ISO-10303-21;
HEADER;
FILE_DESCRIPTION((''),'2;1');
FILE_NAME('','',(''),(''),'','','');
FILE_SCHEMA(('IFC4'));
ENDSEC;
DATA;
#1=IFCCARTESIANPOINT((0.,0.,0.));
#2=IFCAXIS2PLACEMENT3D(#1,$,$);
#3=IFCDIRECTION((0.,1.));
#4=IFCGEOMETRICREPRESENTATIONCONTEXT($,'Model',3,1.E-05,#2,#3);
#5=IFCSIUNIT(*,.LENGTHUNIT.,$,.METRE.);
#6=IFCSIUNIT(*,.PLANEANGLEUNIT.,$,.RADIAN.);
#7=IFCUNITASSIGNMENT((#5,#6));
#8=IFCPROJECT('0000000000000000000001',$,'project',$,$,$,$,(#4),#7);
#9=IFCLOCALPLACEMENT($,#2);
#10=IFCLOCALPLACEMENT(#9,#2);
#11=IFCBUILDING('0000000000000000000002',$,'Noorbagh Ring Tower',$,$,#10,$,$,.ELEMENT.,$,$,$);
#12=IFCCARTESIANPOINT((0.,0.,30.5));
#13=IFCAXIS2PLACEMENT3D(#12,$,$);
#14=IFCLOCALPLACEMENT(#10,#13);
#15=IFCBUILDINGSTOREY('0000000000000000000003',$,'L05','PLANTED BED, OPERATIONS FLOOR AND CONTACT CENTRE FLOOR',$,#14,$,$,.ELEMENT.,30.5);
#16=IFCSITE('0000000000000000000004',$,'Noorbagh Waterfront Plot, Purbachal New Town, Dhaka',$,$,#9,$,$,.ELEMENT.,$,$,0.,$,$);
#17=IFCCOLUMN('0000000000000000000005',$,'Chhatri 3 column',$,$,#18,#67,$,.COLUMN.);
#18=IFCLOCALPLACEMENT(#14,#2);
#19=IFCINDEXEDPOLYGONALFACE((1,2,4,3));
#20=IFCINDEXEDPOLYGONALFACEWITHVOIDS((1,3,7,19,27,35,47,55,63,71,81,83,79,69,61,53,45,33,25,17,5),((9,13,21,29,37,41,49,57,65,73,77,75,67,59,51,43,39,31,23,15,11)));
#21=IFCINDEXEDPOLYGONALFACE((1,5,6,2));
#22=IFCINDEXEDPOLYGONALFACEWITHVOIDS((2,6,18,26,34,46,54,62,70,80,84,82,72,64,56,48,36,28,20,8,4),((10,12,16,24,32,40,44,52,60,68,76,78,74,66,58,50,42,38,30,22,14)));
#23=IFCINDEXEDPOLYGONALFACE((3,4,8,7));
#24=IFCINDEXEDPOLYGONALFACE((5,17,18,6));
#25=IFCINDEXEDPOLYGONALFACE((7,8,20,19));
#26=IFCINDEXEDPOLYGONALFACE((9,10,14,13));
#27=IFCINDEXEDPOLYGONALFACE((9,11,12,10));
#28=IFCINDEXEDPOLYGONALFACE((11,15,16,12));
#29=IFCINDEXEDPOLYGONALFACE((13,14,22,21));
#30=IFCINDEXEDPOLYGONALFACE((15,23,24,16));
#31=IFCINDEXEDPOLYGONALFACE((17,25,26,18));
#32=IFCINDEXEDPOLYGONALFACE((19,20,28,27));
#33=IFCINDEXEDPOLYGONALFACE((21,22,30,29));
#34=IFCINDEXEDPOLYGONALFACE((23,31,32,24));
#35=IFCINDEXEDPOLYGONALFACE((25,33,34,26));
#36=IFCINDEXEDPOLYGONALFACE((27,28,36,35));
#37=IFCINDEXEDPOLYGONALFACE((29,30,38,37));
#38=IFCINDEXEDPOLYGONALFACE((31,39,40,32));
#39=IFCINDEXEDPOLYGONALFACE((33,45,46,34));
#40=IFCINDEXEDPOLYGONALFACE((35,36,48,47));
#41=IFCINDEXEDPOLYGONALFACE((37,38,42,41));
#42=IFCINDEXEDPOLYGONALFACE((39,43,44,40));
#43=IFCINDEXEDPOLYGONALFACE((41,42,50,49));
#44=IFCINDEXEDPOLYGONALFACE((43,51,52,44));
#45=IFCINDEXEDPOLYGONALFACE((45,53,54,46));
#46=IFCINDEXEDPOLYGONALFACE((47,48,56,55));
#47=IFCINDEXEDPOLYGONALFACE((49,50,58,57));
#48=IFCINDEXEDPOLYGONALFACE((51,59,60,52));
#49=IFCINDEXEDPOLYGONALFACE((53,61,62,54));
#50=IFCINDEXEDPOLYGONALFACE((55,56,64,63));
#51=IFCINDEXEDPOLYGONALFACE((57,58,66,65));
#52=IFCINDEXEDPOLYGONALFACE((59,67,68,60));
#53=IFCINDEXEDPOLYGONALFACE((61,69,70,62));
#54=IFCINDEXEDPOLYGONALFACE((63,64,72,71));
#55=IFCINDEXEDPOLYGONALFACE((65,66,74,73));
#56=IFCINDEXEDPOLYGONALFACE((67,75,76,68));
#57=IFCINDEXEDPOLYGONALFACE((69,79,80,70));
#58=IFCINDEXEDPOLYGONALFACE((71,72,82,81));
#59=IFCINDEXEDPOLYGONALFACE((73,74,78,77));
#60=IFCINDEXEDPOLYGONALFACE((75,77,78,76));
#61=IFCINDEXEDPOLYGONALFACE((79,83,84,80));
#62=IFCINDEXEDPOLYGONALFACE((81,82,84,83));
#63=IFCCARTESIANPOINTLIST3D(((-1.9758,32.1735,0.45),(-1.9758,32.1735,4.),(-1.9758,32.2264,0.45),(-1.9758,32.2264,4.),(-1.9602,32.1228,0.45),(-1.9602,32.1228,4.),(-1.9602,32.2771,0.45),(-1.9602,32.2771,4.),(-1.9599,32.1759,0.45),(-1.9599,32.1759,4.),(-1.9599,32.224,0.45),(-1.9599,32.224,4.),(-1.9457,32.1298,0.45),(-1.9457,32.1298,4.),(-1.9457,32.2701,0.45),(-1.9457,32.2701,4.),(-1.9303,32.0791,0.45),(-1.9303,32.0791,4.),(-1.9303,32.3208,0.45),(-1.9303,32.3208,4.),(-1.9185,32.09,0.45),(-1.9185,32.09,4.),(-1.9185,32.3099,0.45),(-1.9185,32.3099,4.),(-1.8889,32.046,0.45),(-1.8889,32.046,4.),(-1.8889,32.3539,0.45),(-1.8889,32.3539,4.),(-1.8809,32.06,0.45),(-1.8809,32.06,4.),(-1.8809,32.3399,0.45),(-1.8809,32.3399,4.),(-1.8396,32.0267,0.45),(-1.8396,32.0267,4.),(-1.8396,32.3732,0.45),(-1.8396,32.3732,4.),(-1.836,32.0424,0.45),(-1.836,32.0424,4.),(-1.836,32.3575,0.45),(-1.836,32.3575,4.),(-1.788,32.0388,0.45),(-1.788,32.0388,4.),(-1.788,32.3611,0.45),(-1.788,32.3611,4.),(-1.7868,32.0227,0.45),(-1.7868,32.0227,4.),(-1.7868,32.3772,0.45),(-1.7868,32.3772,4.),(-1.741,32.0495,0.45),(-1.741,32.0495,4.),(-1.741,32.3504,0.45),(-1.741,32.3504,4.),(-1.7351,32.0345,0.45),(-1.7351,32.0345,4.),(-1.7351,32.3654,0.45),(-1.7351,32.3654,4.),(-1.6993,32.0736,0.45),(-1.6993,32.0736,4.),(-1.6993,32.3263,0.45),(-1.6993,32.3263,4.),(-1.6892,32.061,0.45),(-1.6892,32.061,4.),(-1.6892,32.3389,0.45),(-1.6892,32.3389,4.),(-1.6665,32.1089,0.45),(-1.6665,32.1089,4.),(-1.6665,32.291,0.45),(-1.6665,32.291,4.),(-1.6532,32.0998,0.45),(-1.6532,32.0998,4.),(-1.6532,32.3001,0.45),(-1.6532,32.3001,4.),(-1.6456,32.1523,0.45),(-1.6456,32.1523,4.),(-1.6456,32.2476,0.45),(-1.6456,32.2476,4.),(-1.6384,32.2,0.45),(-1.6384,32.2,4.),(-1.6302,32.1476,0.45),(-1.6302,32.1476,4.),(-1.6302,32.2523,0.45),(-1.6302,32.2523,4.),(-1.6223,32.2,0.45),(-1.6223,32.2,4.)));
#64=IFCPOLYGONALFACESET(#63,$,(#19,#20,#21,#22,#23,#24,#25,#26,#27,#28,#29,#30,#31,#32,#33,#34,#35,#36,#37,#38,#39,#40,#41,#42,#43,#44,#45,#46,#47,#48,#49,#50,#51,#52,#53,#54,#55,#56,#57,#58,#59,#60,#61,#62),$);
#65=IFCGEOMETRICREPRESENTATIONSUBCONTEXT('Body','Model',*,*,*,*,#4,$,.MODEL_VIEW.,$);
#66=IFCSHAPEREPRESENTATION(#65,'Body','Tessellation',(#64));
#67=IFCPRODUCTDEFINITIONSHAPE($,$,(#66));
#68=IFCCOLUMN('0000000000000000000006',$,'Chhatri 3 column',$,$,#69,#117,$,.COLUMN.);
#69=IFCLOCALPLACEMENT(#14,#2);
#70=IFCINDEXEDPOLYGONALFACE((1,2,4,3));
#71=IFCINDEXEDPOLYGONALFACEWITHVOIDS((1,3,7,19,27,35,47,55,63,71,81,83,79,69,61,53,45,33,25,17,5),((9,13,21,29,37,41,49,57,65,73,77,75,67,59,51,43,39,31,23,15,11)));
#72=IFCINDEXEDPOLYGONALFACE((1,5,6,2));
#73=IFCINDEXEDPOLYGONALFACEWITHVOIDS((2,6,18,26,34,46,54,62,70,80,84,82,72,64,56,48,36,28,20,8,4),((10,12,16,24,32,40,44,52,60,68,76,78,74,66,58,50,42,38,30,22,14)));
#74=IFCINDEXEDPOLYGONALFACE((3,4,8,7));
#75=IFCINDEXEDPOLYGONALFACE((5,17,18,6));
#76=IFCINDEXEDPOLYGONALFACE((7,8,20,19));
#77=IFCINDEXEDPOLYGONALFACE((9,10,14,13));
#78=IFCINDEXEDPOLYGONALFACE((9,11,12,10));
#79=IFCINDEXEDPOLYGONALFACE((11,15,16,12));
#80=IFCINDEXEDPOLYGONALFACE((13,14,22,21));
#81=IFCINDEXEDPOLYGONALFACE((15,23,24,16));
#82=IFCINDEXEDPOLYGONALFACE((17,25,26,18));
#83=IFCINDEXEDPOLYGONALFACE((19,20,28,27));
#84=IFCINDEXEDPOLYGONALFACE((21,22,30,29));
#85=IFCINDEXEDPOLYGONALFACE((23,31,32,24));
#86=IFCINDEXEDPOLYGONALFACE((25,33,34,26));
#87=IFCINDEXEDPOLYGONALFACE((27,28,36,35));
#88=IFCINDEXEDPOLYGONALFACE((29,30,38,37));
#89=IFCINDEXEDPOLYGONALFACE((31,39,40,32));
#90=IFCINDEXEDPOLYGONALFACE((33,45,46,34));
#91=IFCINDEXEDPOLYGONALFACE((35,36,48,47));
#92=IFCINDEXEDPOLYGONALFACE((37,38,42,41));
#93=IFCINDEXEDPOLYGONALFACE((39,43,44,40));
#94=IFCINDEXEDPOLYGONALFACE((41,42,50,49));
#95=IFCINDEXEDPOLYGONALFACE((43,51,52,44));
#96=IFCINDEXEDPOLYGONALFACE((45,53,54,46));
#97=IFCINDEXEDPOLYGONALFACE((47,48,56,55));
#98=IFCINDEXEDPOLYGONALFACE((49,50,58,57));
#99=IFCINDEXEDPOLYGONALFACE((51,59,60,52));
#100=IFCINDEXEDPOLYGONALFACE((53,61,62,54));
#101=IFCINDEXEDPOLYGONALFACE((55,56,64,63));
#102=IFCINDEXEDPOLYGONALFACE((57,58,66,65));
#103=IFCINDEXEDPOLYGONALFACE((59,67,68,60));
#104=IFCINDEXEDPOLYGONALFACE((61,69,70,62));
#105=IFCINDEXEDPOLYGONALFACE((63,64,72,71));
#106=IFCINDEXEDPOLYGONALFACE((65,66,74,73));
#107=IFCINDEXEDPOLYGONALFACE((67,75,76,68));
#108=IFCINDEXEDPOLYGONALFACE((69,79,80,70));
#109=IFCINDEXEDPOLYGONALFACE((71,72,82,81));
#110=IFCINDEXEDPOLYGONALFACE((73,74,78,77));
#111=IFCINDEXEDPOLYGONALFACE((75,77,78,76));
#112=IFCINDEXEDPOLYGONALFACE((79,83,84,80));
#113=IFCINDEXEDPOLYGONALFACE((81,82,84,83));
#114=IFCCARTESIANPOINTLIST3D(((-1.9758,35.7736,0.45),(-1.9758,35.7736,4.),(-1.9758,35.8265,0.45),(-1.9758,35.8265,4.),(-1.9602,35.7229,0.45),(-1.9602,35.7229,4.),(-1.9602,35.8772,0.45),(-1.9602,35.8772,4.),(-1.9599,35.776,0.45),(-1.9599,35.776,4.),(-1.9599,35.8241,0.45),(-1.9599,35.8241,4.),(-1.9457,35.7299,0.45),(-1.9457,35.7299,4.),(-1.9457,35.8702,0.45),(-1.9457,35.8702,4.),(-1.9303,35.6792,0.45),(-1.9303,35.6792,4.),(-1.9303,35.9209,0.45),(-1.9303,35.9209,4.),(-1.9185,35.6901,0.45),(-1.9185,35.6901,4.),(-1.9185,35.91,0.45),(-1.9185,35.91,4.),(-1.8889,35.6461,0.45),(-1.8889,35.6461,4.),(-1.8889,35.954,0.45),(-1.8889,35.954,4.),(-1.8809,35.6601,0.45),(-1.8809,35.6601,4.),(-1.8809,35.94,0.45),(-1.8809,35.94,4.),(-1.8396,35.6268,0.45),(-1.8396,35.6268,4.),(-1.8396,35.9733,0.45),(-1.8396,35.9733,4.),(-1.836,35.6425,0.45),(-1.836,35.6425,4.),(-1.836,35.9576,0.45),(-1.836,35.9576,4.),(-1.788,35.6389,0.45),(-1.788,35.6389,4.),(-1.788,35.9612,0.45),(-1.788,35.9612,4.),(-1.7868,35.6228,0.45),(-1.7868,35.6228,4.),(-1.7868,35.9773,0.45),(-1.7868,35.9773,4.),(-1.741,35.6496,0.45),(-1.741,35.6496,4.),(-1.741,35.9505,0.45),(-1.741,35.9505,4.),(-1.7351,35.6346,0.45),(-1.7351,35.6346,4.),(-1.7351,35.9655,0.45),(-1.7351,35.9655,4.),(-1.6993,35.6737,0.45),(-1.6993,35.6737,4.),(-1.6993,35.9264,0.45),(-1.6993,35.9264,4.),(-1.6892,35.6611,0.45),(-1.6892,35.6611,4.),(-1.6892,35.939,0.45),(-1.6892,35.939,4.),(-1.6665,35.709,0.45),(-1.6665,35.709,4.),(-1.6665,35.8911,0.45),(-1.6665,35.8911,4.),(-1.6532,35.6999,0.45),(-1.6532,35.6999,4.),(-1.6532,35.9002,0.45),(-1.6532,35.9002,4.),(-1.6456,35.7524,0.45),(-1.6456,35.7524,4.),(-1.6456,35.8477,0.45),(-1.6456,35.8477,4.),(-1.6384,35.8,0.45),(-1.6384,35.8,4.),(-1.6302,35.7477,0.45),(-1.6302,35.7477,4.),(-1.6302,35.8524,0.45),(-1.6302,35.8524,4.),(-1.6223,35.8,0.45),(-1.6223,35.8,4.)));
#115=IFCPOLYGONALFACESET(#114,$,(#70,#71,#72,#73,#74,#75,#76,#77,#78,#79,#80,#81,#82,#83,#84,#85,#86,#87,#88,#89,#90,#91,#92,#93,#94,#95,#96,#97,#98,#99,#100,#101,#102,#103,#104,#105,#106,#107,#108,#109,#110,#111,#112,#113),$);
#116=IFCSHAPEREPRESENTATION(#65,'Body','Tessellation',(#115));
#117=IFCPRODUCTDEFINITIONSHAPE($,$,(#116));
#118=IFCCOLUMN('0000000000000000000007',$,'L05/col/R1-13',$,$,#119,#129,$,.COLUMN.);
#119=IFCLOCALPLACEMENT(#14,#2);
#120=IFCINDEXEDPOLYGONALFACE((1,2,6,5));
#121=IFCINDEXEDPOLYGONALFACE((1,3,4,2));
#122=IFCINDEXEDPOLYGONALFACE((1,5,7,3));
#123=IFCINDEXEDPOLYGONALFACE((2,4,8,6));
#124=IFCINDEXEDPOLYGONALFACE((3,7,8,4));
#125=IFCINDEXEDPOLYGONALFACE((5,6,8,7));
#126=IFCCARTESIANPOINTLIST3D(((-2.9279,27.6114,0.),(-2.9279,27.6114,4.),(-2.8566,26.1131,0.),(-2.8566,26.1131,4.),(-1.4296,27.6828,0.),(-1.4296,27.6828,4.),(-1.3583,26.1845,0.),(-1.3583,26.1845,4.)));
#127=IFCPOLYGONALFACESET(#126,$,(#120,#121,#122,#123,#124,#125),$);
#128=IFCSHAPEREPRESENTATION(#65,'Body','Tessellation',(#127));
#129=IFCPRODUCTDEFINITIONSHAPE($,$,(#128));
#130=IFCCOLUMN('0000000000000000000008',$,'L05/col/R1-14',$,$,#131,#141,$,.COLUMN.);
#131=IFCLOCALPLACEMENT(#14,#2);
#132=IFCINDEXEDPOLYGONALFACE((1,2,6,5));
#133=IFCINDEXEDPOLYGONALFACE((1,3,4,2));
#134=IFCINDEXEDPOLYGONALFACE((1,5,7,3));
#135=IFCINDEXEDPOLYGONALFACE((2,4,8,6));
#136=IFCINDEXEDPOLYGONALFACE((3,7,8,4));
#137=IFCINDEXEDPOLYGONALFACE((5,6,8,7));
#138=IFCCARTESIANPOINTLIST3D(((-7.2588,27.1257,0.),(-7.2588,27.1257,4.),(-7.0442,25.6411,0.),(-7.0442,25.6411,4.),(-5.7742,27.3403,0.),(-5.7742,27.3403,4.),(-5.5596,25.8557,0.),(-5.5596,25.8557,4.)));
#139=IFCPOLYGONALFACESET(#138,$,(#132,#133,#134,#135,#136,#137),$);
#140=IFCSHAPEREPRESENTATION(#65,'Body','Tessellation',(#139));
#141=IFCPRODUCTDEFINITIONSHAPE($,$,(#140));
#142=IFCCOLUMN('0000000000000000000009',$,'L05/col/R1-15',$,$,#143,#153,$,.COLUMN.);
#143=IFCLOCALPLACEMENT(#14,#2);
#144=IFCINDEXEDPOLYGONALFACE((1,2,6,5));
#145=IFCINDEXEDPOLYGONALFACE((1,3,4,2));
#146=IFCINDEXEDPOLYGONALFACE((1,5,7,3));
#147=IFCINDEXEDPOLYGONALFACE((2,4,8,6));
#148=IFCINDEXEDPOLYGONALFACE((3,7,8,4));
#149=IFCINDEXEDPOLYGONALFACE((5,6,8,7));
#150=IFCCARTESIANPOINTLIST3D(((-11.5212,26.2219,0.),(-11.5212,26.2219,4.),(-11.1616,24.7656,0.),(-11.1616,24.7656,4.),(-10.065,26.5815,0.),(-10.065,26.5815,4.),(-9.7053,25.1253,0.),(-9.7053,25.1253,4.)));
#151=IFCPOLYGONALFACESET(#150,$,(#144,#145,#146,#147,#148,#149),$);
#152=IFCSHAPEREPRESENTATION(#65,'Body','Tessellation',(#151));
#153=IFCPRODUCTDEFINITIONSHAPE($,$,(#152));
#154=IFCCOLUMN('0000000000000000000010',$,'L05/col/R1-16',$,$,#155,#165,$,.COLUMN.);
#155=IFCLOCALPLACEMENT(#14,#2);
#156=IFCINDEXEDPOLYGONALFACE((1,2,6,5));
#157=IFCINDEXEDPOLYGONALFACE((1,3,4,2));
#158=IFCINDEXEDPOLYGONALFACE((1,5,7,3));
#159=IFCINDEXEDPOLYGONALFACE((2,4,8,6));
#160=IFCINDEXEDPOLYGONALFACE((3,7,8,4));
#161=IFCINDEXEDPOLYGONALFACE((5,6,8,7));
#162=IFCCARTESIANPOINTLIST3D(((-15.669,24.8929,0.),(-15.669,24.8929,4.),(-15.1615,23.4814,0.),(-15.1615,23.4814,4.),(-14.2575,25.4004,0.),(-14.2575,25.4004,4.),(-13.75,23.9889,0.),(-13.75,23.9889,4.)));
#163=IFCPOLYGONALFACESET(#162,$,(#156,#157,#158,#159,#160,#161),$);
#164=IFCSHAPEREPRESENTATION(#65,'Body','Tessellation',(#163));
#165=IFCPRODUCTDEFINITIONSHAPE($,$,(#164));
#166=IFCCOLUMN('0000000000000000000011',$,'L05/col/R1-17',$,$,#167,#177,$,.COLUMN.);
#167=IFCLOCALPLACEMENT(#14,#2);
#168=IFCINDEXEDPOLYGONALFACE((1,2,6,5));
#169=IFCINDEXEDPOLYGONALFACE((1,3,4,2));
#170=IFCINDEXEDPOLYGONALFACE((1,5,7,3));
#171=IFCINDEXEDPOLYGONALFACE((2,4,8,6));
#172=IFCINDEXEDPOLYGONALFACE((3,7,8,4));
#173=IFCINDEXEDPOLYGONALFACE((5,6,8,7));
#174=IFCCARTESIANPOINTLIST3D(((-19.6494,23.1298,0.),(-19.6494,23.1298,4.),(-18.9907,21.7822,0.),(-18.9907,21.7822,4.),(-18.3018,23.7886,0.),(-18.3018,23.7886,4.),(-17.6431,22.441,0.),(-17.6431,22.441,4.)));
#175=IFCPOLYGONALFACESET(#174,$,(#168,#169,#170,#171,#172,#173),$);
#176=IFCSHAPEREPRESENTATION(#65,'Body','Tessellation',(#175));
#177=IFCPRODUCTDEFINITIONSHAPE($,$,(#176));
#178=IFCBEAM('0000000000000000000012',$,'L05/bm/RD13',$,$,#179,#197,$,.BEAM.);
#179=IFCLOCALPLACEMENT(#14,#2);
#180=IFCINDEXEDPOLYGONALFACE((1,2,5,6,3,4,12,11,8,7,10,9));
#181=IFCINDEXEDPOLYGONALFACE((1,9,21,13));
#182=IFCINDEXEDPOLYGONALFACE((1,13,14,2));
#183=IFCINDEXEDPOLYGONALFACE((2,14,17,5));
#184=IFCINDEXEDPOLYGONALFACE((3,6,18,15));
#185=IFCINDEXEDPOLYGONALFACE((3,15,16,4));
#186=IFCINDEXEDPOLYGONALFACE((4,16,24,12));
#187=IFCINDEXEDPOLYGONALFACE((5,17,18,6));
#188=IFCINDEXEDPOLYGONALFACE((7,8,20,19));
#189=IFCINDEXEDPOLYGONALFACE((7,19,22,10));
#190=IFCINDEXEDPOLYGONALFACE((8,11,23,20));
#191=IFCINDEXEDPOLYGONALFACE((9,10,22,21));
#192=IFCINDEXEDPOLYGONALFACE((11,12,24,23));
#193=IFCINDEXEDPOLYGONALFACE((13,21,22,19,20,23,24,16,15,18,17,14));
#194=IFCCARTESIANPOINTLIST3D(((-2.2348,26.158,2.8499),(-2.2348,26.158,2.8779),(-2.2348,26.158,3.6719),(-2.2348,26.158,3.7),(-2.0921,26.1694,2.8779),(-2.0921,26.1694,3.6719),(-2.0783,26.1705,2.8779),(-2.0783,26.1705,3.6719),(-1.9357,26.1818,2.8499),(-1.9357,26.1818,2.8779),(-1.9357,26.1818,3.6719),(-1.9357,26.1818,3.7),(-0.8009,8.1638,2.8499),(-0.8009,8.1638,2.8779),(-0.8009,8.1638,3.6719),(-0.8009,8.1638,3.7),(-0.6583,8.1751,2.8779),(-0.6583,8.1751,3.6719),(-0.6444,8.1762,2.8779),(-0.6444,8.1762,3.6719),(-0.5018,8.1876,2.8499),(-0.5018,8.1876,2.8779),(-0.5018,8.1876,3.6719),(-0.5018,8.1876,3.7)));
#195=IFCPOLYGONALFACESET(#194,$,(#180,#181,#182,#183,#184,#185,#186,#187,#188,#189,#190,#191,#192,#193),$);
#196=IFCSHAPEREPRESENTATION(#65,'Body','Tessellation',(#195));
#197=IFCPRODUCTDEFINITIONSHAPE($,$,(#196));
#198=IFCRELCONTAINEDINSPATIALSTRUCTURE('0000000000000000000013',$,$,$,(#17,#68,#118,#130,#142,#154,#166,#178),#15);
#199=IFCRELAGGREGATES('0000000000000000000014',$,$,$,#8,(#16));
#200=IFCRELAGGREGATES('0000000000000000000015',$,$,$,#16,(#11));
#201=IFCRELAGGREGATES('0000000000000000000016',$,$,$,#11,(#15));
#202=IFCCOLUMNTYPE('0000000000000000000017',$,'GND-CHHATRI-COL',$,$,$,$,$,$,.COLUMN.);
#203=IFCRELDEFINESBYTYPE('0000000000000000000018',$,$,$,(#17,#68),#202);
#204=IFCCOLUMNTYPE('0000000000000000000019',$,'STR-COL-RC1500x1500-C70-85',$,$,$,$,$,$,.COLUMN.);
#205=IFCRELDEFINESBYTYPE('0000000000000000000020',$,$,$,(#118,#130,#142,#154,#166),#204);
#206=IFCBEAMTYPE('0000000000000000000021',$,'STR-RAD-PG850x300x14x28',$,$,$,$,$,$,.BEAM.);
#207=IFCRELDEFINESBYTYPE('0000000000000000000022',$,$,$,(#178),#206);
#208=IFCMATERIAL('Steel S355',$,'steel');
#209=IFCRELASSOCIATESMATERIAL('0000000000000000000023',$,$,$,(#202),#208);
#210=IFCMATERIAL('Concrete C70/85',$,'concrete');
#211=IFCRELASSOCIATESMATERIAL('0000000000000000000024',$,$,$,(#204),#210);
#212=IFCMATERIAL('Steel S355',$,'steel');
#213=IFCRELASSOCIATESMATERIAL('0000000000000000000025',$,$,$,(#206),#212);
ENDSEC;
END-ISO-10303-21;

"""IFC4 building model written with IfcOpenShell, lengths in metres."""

from ifc_helpers import new_model, si_unit, direction, frame, origin, origin_2d, place, context, subcontext, project, spatial, rectangle, hollow_circle, i_section, extrude, material, material_profile, profile_set, type_object, element, save


model = new_model("IFC4")

# Units and contexts
model_context = context("Model", 3, precision=1e-05, world=origin(), true_north=direction((0.0, 1.0)))
body_context = subcontext(model_context, "Body", "Model", "MODEL_VIEW")
ifc_project = project(units=[si_unit("LENGTHUNIT", "METRE"), si_unit("PLANEANGLEUNIT", "RADIAN")], contexts=[model_context])

# Site, building, storey
site_placement = place(None, origin())
site = spatial("IfcSite", under=ifc_project, at=site_placement, Name="Noorbagh Waterfront Plot, Purbachal New Town, Dhaka", CompositionType="ELEMENT", RefElevation=0.0)
building_placement = place(site_placement, origin())
building = spatial("IfcBuilding", under=site, at=building_placement, Name="Noorbagh Ring Tower", CompositionType="ELEMENT")
storey_placement = place(building_placement, frame((0.0, 0.0, 30.5)))
storey = spatial("IfcBuildingStorey", under=building, at=storey_placement, Name="L05", Description="PLANTED BED, OPERATIONS FLOOR AND CONTACT CENTRE FLOOR", CompositionType="ELEMENT", Elevation=30.5)

# Columns
ifc_material_1 = material(Name="Steel S355", Category="steel")
ifc_material_profile_1 = material_profile(ifc_material_1, hollow_circle(Radius=0.1777, WallThickness=0.0161, at=origin_2d()), Name="CHS355.6x16")
ifc_profile_set_1 = profile_set([ifc_material_profile_1], Name="Steel S355")
column_type_1 = type_object("IfcColumnType", Name="GND-CHHATRI-COL", PredefinedType="COLUMN", material=ifc_profile_set_1)
for number, where, z_axis, x_axis, name in (
    (1, (-1.8, 32.2, 0.45), (0.0, 0.0, 1.0), (1.0, 0.0, 0.0), "Chhatri 3 column"),
    (2, (-1.8, 35.8, 0.45), (0.0, 0.0, 1.0), (1.0, 0.0, 0.0), "Chhatri 3 column"),
):
    element("IfcColumn", number, at=place(storey_placement, frame(where, z_axis=z_axis, x_axis=x_axis)), inside=storey, type_object=column_type_1, Name=name, PredefinedType="COLUMN", context=body_context, shape_type="SweptSolid", body=[
        extrude(hollow_circle(Radius=0.1777, WallThickness=0.0161, at=origin_2d()), origin(), (0.0, 0.0, 1.0), 3.55),
    ])
ifc_material_2 = material(Name="Concrete C70/85", Category="concrete")
ifc_material_profile_2 = material_profile(ifc_material_2, rectangle(XDim=1.5, YDim=1.5, at=origin_2d()), Name="RC1500x1500")
ifc_profile_set_2 = profile_set([ifc_material_profile_2], Name="Concrete C70/85")
column_type_2 = type_object("IfcColumnType", Name="STR-COL-RC1500x1500-C70-85", PredefinedType="COLUMN", material=ifc_profile_set_2)
for number, where, z_axis, x_axis, name in (
    (3, (-2.1431, 26.8979, 0.0), (0.0, 0.0, 1.0), (-0.998869, -0.047553, 0.0), "L05/col/R1-13"),
    (4, (-6.4092, 26.4907, 0.0), (0.0, 0.0, 1.0), (-0.989713, -0.143066, 0.0), "L05/col/R1-14"),
    (5, (-10.6133, 25.6736, 0.0), (0.0, 0.0, 1.0), (-0.970829, -0.239771, 0.0), "L05/col/R1-15"),
    (6, (-14.7095, 24.4409, 0.0), (0.0, 0.0, 1.0), (-0.941025, -0.338338, 0.0), "L05/col/R1-16"),
    (7, (-18.6462, 22.7854, 0.0), (0.0, 0.0, 1.0), (-0.898399, -0.43918, 0.0), "L05/col/R1-17"),
):
    element("IfcColumn", number, at=place(storey_placement, frame(where, z_axis=z_axis, x_axis=x_axis)), inside=storey, type_object=column_type_2, Name=name, PredefinedType="COLUMN", context=body_context, shape_type="SweptSolid", body=[
        extrude(rectangle(XDim=1.5, YDim=1.5, at=origin_2d()), origin(), (0.0, 0.0, 1.0), 4.0),
    ])

# Beam
ifc_material_3 = material(Name="Steel S355", Category="steel")
ifc_material_profile_3 = material_profile(ifc_material_3, i_section(OverallWidth=0.3, OverallDepth=0.8501, WebThickness=0.0139, FlangeThickness=0.0281, at=origin_2d()), Name="PG850x300x14x28")
ifc_profile_set_3 = profile_set([ifc_material_profile_3], Name="Steel S355")
beam_type_1 = type_object("IfcBeamType", Name="STR-RAD-PG850x300x14x28", PredefinedType="BEAM", material=ifc_profile_set_3)
beam_1_placement = place(storey_placement, frame((-2.0852, 26.1699, 3.2749), z_axis=(0.079432, -0.99684, 0.0), x_axis=(0.99684, 0.079432, 0.0)))
element("IfcBeam", 8, at=beam_1_placement, inside=storey, type_object=beam_type_1, Name="L05/bm/RD13", PredefinedType="BEAM", context=body_context, shape_type="SweptSolid", body=[
    extrude(i_section(OverallWidth=0.3, OverallDepth=0.8501, WebThickness=0.0139, FlangeThickness=0.0281, at=origin_2d()), origin(), (0.0, 0.0, 1.0), 18.0513),
])

save(model, "model.ifc")
